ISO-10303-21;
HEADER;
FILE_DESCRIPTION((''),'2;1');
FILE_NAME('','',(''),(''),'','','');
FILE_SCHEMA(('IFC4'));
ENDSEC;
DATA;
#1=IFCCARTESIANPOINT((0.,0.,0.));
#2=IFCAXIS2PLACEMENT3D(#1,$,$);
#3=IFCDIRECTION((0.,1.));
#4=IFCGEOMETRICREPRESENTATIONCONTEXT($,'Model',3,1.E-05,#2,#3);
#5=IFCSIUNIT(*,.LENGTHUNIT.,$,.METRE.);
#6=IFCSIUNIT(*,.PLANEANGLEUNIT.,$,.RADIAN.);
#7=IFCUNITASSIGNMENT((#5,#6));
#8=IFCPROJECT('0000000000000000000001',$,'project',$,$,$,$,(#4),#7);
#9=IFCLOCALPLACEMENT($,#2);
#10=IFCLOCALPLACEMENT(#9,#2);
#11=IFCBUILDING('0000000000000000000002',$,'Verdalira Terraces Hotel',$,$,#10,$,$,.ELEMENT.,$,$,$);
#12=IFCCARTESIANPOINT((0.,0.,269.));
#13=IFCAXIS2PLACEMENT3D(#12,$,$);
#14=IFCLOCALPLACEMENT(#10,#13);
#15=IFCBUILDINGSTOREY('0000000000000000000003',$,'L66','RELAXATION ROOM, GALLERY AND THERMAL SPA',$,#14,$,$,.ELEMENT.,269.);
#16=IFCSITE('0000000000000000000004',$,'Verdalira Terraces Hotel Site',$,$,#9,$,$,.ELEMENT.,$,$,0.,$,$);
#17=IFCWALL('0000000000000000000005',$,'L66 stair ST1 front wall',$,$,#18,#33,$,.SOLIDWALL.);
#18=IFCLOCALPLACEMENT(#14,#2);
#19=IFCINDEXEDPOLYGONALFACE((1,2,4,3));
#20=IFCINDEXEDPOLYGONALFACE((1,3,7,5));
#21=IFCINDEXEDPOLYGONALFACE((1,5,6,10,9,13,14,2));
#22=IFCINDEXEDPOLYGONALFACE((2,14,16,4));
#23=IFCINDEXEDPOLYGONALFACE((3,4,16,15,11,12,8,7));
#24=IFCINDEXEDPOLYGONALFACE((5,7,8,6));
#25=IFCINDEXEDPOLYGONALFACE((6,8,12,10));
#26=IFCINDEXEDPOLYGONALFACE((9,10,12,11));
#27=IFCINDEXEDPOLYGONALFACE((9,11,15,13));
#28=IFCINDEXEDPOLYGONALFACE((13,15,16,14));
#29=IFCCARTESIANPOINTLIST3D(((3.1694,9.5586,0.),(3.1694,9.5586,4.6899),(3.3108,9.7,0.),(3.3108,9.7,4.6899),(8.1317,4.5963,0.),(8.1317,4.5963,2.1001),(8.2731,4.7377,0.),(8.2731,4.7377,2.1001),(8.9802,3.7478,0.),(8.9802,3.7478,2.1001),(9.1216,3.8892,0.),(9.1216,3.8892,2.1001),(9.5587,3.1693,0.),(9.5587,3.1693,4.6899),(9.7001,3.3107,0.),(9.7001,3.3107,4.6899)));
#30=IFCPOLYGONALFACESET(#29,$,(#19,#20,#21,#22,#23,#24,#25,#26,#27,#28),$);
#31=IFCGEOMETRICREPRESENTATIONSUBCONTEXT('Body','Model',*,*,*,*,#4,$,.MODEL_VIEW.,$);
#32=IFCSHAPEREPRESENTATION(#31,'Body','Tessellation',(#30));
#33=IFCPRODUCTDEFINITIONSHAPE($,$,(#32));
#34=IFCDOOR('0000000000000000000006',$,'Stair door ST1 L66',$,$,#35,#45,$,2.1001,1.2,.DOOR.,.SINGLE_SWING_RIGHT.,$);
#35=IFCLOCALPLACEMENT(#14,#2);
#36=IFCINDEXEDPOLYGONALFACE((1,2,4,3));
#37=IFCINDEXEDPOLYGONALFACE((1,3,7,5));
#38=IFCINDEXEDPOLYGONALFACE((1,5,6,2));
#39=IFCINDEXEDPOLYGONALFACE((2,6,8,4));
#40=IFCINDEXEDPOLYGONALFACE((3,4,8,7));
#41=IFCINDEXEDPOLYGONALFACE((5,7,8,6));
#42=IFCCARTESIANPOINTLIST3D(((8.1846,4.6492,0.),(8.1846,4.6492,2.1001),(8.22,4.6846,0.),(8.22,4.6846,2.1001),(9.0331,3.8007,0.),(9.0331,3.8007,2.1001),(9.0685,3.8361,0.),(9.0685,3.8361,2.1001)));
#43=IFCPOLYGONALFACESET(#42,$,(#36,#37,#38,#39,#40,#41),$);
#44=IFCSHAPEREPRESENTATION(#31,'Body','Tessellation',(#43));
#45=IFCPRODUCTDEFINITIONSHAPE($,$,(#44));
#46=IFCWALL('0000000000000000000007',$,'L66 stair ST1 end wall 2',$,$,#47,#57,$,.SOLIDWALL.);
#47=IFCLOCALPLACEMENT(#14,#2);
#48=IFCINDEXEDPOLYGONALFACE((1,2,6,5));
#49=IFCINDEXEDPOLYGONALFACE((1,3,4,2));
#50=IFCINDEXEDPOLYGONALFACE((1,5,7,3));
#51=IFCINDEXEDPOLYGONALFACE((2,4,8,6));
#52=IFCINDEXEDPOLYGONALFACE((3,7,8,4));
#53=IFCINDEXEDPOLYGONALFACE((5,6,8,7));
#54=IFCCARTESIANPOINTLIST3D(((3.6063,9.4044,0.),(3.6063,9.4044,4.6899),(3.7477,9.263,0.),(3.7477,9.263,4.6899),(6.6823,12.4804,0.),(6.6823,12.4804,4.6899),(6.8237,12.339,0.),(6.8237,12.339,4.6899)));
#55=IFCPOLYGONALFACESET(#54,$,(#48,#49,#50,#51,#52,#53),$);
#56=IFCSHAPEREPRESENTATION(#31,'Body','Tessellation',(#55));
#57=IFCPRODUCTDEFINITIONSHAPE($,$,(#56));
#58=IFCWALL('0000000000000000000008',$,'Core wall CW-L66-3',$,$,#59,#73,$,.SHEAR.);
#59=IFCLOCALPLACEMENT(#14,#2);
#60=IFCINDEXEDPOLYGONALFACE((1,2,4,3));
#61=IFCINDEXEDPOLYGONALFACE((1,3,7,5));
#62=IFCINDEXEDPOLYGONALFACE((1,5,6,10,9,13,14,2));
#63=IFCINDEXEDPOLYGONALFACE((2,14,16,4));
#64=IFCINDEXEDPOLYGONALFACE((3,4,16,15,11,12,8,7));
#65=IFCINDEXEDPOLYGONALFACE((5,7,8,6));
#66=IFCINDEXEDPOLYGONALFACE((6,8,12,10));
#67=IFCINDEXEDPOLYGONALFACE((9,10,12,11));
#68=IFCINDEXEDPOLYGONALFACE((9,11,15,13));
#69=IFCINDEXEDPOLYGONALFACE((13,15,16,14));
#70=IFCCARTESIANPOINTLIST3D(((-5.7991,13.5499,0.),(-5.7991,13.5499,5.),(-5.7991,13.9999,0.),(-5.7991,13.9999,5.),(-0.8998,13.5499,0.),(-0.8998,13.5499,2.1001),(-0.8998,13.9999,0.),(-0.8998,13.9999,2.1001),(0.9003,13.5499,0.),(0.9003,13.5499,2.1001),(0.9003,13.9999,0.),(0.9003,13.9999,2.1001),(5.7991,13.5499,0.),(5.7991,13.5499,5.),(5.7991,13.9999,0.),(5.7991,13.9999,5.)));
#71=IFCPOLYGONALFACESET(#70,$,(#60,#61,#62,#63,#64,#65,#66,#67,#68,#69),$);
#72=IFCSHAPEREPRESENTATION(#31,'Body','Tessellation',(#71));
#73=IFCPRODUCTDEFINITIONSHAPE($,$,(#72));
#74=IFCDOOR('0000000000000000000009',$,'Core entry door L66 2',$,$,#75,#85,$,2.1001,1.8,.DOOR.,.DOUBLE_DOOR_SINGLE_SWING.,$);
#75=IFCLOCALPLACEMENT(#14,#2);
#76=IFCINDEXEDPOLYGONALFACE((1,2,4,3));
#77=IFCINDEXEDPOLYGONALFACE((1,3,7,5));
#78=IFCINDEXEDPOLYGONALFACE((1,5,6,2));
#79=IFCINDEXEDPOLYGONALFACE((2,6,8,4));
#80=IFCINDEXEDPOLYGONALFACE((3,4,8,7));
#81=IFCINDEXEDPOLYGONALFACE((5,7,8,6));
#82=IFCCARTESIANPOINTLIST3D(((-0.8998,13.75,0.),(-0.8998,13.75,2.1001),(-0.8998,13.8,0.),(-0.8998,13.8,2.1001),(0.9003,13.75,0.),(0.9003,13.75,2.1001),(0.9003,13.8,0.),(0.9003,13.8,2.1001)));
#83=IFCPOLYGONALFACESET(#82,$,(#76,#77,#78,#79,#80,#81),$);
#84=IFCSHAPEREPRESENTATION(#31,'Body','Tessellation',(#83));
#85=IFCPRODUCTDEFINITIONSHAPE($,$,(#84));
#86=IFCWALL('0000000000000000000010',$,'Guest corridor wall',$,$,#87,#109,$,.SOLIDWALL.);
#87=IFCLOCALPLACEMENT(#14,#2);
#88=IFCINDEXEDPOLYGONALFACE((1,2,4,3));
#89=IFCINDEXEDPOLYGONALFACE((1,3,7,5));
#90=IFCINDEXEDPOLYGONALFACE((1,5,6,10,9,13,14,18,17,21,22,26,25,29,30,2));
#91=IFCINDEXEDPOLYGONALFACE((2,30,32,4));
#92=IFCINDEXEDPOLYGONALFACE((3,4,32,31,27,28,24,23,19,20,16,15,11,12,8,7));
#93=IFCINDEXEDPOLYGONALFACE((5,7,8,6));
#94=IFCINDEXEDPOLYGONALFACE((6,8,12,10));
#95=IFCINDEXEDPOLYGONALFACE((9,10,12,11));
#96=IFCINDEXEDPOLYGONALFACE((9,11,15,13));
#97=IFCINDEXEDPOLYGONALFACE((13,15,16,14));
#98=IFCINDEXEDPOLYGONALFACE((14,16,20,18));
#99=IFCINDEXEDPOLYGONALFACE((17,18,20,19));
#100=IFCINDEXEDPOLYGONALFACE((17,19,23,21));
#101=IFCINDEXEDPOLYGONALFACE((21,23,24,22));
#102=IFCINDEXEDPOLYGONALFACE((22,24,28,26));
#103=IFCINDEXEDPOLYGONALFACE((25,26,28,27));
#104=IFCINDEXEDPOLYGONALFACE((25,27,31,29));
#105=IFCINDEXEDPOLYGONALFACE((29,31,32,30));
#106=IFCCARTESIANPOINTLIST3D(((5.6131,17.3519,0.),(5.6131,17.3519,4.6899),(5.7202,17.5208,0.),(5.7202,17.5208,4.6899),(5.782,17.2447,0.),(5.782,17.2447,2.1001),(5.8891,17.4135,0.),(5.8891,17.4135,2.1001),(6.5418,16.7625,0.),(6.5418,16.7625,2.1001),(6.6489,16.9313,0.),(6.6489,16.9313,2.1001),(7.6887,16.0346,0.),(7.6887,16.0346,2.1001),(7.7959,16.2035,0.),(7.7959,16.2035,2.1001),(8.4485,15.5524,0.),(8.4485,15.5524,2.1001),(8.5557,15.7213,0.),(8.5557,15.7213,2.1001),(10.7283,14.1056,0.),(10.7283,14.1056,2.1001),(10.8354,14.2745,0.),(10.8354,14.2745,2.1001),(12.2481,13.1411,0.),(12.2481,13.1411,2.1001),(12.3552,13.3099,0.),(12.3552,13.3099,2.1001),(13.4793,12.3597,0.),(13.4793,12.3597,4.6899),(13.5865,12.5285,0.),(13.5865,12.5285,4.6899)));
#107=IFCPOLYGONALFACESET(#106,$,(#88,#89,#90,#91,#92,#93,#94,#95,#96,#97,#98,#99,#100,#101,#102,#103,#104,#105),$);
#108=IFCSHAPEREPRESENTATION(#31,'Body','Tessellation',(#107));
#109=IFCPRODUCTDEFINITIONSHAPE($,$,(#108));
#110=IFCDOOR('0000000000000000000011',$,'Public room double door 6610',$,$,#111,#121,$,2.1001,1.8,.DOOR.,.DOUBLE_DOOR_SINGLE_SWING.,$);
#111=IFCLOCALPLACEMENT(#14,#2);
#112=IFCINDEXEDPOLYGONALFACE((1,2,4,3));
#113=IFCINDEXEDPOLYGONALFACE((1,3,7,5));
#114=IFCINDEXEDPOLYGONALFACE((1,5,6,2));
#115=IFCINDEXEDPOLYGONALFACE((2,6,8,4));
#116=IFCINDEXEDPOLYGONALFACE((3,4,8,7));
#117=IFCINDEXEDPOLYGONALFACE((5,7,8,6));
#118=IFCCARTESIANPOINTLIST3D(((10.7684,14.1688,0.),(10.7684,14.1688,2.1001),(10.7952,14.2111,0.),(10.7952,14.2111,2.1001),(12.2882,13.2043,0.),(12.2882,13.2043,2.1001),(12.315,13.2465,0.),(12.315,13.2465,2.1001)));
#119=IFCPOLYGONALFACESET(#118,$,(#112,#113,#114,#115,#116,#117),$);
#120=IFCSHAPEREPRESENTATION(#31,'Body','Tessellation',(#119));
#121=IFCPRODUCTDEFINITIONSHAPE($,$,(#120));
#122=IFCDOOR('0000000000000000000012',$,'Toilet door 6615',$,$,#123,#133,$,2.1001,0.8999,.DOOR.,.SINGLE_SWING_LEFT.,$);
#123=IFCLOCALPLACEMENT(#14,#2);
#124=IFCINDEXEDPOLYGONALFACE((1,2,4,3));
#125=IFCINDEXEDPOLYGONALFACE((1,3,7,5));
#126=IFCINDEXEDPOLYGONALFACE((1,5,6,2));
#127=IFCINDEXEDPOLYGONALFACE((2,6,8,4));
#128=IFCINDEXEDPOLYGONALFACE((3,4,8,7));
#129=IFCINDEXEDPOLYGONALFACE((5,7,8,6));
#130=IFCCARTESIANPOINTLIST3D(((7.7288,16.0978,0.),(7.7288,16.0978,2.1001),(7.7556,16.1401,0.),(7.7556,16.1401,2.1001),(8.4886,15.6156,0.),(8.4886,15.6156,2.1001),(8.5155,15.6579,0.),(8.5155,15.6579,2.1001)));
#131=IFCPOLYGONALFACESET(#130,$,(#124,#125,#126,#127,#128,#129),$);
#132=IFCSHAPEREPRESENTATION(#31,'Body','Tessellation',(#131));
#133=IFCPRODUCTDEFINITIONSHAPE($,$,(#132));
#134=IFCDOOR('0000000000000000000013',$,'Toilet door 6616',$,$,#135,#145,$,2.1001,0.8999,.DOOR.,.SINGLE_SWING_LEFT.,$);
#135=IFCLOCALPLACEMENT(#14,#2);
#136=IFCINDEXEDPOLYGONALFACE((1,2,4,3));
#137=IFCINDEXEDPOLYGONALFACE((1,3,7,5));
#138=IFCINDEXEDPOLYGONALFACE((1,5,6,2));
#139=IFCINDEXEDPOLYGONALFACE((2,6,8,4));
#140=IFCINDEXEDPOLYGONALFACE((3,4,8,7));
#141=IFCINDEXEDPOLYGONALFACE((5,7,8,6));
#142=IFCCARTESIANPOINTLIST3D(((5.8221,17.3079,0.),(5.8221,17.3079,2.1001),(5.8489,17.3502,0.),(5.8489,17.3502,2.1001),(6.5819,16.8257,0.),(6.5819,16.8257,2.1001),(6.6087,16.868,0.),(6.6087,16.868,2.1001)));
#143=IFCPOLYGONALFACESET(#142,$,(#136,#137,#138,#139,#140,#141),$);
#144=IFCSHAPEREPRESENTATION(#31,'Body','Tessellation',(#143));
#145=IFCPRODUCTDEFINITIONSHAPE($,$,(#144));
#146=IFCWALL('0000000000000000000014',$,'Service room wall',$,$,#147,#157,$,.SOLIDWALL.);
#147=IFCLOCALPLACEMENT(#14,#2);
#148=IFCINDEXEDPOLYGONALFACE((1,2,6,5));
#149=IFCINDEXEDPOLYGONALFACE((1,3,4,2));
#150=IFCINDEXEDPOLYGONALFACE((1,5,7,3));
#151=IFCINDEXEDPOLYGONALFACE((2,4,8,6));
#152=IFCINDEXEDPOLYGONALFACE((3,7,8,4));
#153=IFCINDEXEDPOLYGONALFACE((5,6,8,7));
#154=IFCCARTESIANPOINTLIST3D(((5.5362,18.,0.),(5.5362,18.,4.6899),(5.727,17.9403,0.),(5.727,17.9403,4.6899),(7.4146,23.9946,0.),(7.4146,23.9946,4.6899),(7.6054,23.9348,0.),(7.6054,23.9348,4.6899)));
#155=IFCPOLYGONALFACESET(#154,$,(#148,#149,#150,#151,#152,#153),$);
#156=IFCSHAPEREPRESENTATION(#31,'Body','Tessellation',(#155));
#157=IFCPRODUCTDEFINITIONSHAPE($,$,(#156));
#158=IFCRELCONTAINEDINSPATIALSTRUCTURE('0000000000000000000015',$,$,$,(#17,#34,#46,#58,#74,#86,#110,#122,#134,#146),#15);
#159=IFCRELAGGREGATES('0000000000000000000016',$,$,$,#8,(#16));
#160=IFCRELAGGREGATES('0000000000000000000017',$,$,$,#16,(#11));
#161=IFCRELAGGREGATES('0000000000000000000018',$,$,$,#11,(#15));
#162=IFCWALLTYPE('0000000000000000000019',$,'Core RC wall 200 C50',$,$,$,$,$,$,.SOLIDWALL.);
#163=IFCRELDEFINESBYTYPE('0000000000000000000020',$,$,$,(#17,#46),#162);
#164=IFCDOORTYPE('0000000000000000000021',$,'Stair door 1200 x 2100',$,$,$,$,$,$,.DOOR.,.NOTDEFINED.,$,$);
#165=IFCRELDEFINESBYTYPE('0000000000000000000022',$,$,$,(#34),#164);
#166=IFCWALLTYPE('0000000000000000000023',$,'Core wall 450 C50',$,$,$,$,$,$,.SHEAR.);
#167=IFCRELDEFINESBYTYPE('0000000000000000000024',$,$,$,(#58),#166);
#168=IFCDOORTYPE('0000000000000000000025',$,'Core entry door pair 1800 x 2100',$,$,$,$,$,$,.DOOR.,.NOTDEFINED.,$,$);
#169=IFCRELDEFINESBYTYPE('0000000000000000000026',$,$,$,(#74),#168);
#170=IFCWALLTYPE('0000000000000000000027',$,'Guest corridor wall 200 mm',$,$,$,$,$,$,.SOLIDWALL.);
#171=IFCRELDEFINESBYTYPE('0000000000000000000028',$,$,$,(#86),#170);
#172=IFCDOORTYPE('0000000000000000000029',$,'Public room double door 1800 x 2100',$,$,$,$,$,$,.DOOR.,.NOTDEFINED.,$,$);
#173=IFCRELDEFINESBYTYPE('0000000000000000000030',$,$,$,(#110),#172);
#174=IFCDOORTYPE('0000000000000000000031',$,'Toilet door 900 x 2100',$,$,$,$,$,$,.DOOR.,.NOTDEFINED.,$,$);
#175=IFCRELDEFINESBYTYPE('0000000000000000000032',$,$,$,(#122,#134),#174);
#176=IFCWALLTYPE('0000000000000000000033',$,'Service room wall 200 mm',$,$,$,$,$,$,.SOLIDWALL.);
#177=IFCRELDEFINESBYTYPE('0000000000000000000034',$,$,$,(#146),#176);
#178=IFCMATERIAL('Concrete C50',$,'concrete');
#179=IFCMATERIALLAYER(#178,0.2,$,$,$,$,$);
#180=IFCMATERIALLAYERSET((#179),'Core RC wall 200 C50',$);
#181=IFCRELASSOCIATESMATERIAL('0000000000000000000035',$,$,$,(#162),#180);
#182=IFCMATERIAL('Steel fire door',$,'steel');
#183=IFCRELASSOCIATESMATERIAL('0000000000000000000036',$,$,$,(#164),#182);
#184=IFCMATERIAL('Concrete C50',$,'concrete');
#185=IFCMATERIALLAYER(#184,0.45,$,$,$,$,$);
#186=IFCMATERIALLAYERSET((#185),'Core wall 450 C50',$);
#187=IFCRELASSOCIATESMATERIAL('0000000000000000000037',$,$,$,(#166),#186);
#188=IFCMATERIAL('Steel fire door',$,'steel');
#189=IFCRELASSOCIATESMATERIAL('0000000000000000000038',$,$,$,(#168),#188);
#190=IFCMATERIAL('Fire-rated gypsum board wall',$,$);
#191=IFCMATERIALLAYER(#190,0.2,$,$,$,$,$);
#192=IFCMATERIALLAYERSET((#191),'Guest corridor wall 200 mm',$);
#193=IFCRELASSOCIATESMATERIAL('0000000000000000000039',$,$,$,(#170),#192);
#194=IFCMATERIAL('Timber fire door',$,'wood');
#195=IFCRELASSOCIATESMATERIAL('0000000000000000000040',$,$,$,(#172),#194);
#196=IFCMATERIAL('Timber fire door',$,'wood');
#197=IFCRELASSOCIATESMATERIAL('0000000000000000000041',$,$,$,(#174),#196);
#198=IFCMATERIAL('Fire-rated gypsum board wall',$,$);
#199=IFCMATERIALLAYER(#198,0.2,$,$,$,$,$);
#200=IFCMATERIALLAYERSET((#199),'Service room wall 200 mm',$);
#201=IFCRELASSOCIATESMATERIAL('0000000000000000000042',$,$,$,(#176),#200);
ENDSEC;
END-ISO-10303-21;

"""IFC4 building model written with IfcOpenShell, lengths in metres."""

from ifc_helpers import new_model, si_unit, direction, frame, frame_2d, origin, place, context, subcontext, project, spatial, rectangle, extrude, material, layer, layer_set, type_object, element, fill, save


model = new_model("IFC4")

# Units and contexts
model_context = context("Model", 3, precision=1e-05, world=origin(), true_north=direction((0.0, 1.0)))
body_context = subcontext(model_context, "Body", "Model", "MODEL_VIEW")
ifc_project = project(units=[si_unit("LENGTHUNIT", "METRE"), si_unit("PLANEANGLEUNIT", "RADIAN")], contexts=[model_context])

# Site, building, storey
site_placement = place(None, origin())
site = spatial("IfcSite", under=ifc_project, at=site_placement, Name="Verdalira Terraces Hotel Site", CompositionType="ELEMENT", RefElevation=0.0)
building_placement = place(site_placement, origin())
building = spatial("IfcBuilding", under=site, at=building_placement, Name="Verdalira Terraces Hotel", CompositionType="ELEMENT")
storey_placement = place(building_placement, frame((0.0, 0.0, 269.0)))
storey = spatial("IfcBuildingStorey", under=building, at=storey_placement, Name="L66", Description="RELAXATION ROOM, GALLERY AND THERMAL SPA", CompositionType="ELEMENT", Elevation=269.0)

# Wall, opening, door
ifc_material_1 = material(Name="Concrete C50", Category="concrete")
ifc_layer_1 = layer(ifc_material_1, 0.2)
ifc_layer_set_1 = layer_set([ifc_layer_1], Name="Core RC wall 200 C50")
wall_type_1 = type_object("IfcWallType", Name="Core RC wall 200 C50", PredefinedType="SOLIDWALL", material=ifc_layer_set_1)
wall_1_placement = place(storey_placement, frame((3.24, 9.6294, 0.0), z_axis=(0.0, 0.0, 1.0), x_axis=(0.707107, -0.707107, 0.0)))
wall_1 = element("IfcWall", 1, at=wall_1_placement, inside=storey, type_object=wall_type_1, Name="L66 stair ST1 front wall", PredefinedType="SOLIDWALL", context=body_context, shape_type="SweptSolid", body=[
    extrude(rectangle(XDim=9.0359, YDim=0.2, at=frame_2d((4.5181, 0.0))), origin(), (0.0, 0.0, 1.0), 4.6899),
])
opening_1_placement = place(wall_1_placement, frame((7.0178, 0.0, 0.0)))
opening_1 = element("IfcOpeningElement", 2, at=opening_1_placement, cuts=wall_1, PredefinedType="OPENING", context=body_context, shape_type="SweptSolid", body=[
    extrude(rectangle(XDim=1.2, YDim=2.1001, at=frame_2d((0.6001, 1.05))), frame((0.0, 0.1099, 0.0), z_axis=(0.0, -1.0, 0.0), x_axis=(1.0, 0.0, 0.0)), (0.0, 0.0, 1.0), 0.22),
])
ifc_material_2 = material(Name="Steel fire door", Category="steel")
door_type_1 = type_object("IfcDoorType", Name="Stair door 1200 x 2100", OperationType="NOTDEFINED", PredefinedType="DOOR", material=ifc_material_2)
door_1_placement = place(opening_1_placement, origin())
door_1 = element("IfcDoor", 3, at=door_1_placement, inside=storey, type_object=door_type_1, Name="Stair door ST1 L66", OperationType="SINGLE_SWING_RIGHT", OverallHeight=2.1001, OverallWidth=1.2, PredefinedType="DOOR", context=body_context, shape_type="SweptSolid", body=[
    extrude(rectangle(XDim=1.2, YDim=2.1001, at=frame_2d((0.6001, 1.05))), frame((0.0, 0.0249, 0.0), z_axis=(0.0, -1.0, 0.0), x_axis=(1.0, 0.0, 0.0)), (0.0, 0.0, 1.0), 0.05),
])
fill(opening_1, door_1)

# Wall
wall_2_placement = place(storey_placement, frame((3.677, 9.3337, 0.0), z_axis=(0.0, 0.0, 1.0), x_axis=(0.707107, 0.707107, 0.0)))
element("IfcWall", 4, at=wall_2_placement, inside=storey, type_object=wall_type_1, Name="L66 stair ST1 end wall 2", PredefinedType="SOLIDWALL", context=body_context, shape_type="SweptSolid", body=[
    extrude(rectangle(XDim=4.3501, YDim=0.2, at=frame_2d((2.175, 0.0))), origin(), (0.0, 0.0, 1.0), 4.6899),
])

# Wall, opening, door
ifc_material_3 = material(Name="Concrete C50", Category="concrete")
ifc_layer_2 = layer(ifc_material_3, 0.45)
ifc_layer_set_2 = layer_set([ifc_layer_2], Name="Core wall 450 C50")
wall_type_2 = type_object("IfcWallType", Name="Core wall 450 C50", PredefinedType="SHEAR", material=ifc_layer_set_2)
wall_3_placement = place(storey_placement, frame((5.7991, 13.7749, 0.0), z_axis=(0.0, 0.0, 1.0), x_axis=(-1.0, 0.0, 0.0)))
wall_3 = element("IfcWall", 5, at=wall_3_placement, inside=storey, type_object=wall_type_2, Name="Core wall CW-L66-3", PredefinedType="SHEAR", context=body_context, shape_type="SweptSolid", body=[
    extrude(rectangle(XDim=11.5981, YDim=0.45, at=frame_2d((5.7991, 0.0))), origin(), (0.0, 0.0, 1.0), 5.0),
])
opening_2_placement = place(wall_3_placement, frame((4.8989, 0.0, 0.0)))
opening_2 = element("IfcOpeningElement", 6, at=opening_2_placement, cuts=wall_3, PredefinedType="OPENING", context=body_context, shape_type="SweptSolid", body=[
    extrude(rectangle(XDim=1.8, YDim=2.1001, at=frame_2d((0.8999, 1.05))), frame((0.0, 0.2349, 0.0), z_axis=(0.0, -1.0, 0.0), x_axis=(1.0, 0.0, 0.0)), (0.0, 0.0, 1.0), 0.47),
])
ifc_material_4 = material(Name="Steel fire door", Category="steel")
door_type_2 = type_object("IfcDoorType", Name="Core entry door pair 1800 x 2100", OperationType="NOTDEFINED", PredefinedType="DOOR", material=ifc_material_4)
door_2_placement = place(opening_2_placement, origin())
door_2 = element("IfcDoor", 7, at=door_2_placement, inside=storey, type_object=door_type_2, Name="Core entry door L66 2", OperationType="DOUBLE_DOOR_SINGLE_SWING", OverallHeight=2.1001, OverallWidth=1.8, PredefinedType="DOOR", context=body_context, shape_type="SweptSolid", body=[
    extrude(rectangle(XDim=1.8, YDim=2.1001, at=frame_2d((0.8999, 1.05))), frame((0.0, 0.0249, 0.0), z_axis=(0.0, -1.0, 0.0), x_axis=(1.0, 0.0, 0.0)), (0.0, 0.0, 1.0), 0.05),
])
fill(opening_2, door_2)

# Wall, openings, doors
ifc_material_5 = material(Name="Fire-rated gypsum board wall")
ifc_layer_3 = layer(ifc_material_5, 0.2)
ifc_layer_set_3 = layer_set([ifc_layer_3], Name="Guest corridor wall 200 mm")
wall_type_3 = type_object("IfcWallType", Name="Guest corridor wall 200 mm", PredefinedType="SOLIDWALL", material=ifc_layer_set_3)
wall_4_placement = place(storey_placement, frame((5.6667, 17.4363, 0.0), z_axis=(0.0, 0.0, 1.0), x_axis=(0.844321, -0.535837, 0.0)))
wall_4 = element("IfcWall", 8, at=wall_4_placement, inside=storey, type_object=wall_type_3, Name="Guest corridor wall", PredefinedType="SOLIDWALL", context=body_context, shape_type="SweptSolid", body=[
    extrude(rectangle(XDim=9.3166, YDim=0.2, at=frame_2d((4.6582, 0.0))), origin(), (0.0, 0.0, 1.0), 4.6899),
])
opening_3_placement = place(wall_4_placement, frame((6.0583, 0.0, 0.0)))
opening_3 = element("IfcOpeningElement", 9, at=opening_3_placement, cuts=wall_4, PredefinedType="OPENING", context=body_context, shape_type="SweptSolid", body=[
    extrude(rectangle(XDim=1.8, YDim=2.1001, at=frame_2d((0.8999, 1.05))), frame((0.0, 0.1099, 0.0), z_axis=(0.0, -1.0, 0.0), x_axis=(1.0, 0.0, 0.0)), (0.0, 0.0, 1.0), 0.22),
])
opening_4_placement = place(wall_4_placement, frame((2.4583, 0.0, 0.0)))
opening_4 = element("IfcOpeningElement", 10, at=opening_4_placement, cuts=wall_4, PredefinedType="OPENING", context=body_context, shape_type="SweptSolid", body=[
    extrude(rectangle(XDim=0.8999, YDim=2.1001, at=frame_2d((0.45, 1.05))), frame((0.0, 0.1099, 0.0), z_axis=(0.0, -1.0, 0.0), x_axis=(1.0, 0.0, 0.0)), (0.0, 0.0, 1.0), 0.22),
])
opening_5_placement = place(wall_4_placement, frame((0.2, 0.0, 0.0)))
opening_5 = element("IfcOpeningElement", 11, at=opening_5_placement, cuts=wall_4, PredefinedType="OPENING", context=body_context, shape_type="SweptSolid", body=[
    extrude(rectangle(XDim=0.8999, YDim=2.1001, at=frame_2d((0.45, 1.05))), frame((0.0, 0.1099, 0.0), z_axis=(0.0, -1.0, 0.0), x_axis=(1.0, 0.0, 0.0)), (0.0, 0.0, 1.0), 0.22),
])
ifc_material_6 = material(Name="Timber fire door", Category="wood")
door_type_3 = type_object("IfcDoorType", Name="Public room double door 1800 x 2100", OperationType="NOTDEFINED", PredefinedType="DOOR", material=ifc_material_6)
door_3_placement = place(opening_3_placement, origin())
door_3 = element("IfcDoor", 12, at=door_3_placement, inside=storey, type_object=door_type_3, Name="Public room double door 6610", OperationType="DOUBLE_DOOR_SINGLE_SWING", OverallHeight=2.1001, OverallWidth=1.8, PredefinedType="DOOR", context=body_context, shape_type="SweptSolid", body=[
    extrude(rectangle(XDim=1.8, YDim=2.1001, at=frame_2d((0.8999, 1.05))), frame((0.0, 0.0249, 0.0), z_axis=(0.0, -1.0, 0.0), x_axis=(1.0, 0.0, 0.0)), (0.0, 0.0, 1.0), 0.05),
])
fill(opening_3, door_3)
ifc_material_7 = material(Name="Timber fire door", Category="wood")
door_type_4 = type_object("IfcDoorType", Name="Toilet door 900 x 2100", OperationType="NOTDEFINED", PredefinedType="DOOR", material=ifc_material_7)
door_4_placement = place(opening_4_placement, origin())
door_4 = element("IfcDoor", 13, at=door_4_placement, inside=storey, type_object=door_type_4, Name="Toilet door 6615", OperationType="SINGLE_SWING_LEFT", OverallHeight=2.1001, OverallWidth=0.8999, PredefinedType="DOOR", context=body_context, shape_type="SweptSolid", body=[
    extrude(rectangle(XDim=0.8999, YDim=2.1001, at=frame_2d((0.45, 1.05))), frame((0.0, 0.0249, 0.0), z_axis=(0.0, -1.0, 0.0), x_axis=(1.0, 0.0, 0.0)), (0.0, 0.0, 1.0), 0.05),
])
fill(opening_4, door_4)
door_5_placement = place(opening_5_placement, origin())
door_5 = element("IfcDoor", 14, at=door_5_placement, inside=storey, type_object=door_type_4, Name="Toilet door 6616", OperationType="SINGLE_SWING_LEFT", OverallHeight=2.1001, OverallWidth=0.8999, PredefinedType="DOOR", context=body_context, shape_type="SweptSolid", body=[
    extrude(rectangle(XDim=0.8999, YDim=2.1001, at=frame_2d((0.45, 1.05))), frame((0.0, 0.0249, 0.0), z_axis=(0.0, -1.0, 0.0), x_axis=(1.0, 0.0, 0.0)), (0.0, 0.0, 1.0), 0.05),
])
fill(opening_5, door_5)

# Wall
ifc_material_8 = material(Name="Fire-rated gypsum board wall")
ifc_layer_4 = layer(ifc_material_8, 0.2)
ifc_layer_set_4 = layer_set([ifc_layer_4], Name="Service room wall 200 mm")
wall_type_4 = type_object("IfcWallType", Name="Service room wall 200 mm", PredefinedType="SOLIDWALL", material=ifc_layer_set_4)
wall_5_placement = place(storey_placement, frame((7.51, 23.9648, 0.0), z_axis=(0.0, 0.0, 1.0), x_axis=(-0.299014, -0.954249, 0.0)))
element("IfcWall", 15, at=wall_5_placement, inside=storey, type_object=wall_type_4, Name="Service room wall", PredefinedType="SOLIDWALL", context=body_context, shape_type="SweptSolid", body=[
    extrude(rectangle(XDim=6.282, YDim=0.2, at=frame_2d((3.1411, 0.0))), origin(), (0.0, 0.0, 1.0), 4.6899),
])

save(model, "model.ifc")
